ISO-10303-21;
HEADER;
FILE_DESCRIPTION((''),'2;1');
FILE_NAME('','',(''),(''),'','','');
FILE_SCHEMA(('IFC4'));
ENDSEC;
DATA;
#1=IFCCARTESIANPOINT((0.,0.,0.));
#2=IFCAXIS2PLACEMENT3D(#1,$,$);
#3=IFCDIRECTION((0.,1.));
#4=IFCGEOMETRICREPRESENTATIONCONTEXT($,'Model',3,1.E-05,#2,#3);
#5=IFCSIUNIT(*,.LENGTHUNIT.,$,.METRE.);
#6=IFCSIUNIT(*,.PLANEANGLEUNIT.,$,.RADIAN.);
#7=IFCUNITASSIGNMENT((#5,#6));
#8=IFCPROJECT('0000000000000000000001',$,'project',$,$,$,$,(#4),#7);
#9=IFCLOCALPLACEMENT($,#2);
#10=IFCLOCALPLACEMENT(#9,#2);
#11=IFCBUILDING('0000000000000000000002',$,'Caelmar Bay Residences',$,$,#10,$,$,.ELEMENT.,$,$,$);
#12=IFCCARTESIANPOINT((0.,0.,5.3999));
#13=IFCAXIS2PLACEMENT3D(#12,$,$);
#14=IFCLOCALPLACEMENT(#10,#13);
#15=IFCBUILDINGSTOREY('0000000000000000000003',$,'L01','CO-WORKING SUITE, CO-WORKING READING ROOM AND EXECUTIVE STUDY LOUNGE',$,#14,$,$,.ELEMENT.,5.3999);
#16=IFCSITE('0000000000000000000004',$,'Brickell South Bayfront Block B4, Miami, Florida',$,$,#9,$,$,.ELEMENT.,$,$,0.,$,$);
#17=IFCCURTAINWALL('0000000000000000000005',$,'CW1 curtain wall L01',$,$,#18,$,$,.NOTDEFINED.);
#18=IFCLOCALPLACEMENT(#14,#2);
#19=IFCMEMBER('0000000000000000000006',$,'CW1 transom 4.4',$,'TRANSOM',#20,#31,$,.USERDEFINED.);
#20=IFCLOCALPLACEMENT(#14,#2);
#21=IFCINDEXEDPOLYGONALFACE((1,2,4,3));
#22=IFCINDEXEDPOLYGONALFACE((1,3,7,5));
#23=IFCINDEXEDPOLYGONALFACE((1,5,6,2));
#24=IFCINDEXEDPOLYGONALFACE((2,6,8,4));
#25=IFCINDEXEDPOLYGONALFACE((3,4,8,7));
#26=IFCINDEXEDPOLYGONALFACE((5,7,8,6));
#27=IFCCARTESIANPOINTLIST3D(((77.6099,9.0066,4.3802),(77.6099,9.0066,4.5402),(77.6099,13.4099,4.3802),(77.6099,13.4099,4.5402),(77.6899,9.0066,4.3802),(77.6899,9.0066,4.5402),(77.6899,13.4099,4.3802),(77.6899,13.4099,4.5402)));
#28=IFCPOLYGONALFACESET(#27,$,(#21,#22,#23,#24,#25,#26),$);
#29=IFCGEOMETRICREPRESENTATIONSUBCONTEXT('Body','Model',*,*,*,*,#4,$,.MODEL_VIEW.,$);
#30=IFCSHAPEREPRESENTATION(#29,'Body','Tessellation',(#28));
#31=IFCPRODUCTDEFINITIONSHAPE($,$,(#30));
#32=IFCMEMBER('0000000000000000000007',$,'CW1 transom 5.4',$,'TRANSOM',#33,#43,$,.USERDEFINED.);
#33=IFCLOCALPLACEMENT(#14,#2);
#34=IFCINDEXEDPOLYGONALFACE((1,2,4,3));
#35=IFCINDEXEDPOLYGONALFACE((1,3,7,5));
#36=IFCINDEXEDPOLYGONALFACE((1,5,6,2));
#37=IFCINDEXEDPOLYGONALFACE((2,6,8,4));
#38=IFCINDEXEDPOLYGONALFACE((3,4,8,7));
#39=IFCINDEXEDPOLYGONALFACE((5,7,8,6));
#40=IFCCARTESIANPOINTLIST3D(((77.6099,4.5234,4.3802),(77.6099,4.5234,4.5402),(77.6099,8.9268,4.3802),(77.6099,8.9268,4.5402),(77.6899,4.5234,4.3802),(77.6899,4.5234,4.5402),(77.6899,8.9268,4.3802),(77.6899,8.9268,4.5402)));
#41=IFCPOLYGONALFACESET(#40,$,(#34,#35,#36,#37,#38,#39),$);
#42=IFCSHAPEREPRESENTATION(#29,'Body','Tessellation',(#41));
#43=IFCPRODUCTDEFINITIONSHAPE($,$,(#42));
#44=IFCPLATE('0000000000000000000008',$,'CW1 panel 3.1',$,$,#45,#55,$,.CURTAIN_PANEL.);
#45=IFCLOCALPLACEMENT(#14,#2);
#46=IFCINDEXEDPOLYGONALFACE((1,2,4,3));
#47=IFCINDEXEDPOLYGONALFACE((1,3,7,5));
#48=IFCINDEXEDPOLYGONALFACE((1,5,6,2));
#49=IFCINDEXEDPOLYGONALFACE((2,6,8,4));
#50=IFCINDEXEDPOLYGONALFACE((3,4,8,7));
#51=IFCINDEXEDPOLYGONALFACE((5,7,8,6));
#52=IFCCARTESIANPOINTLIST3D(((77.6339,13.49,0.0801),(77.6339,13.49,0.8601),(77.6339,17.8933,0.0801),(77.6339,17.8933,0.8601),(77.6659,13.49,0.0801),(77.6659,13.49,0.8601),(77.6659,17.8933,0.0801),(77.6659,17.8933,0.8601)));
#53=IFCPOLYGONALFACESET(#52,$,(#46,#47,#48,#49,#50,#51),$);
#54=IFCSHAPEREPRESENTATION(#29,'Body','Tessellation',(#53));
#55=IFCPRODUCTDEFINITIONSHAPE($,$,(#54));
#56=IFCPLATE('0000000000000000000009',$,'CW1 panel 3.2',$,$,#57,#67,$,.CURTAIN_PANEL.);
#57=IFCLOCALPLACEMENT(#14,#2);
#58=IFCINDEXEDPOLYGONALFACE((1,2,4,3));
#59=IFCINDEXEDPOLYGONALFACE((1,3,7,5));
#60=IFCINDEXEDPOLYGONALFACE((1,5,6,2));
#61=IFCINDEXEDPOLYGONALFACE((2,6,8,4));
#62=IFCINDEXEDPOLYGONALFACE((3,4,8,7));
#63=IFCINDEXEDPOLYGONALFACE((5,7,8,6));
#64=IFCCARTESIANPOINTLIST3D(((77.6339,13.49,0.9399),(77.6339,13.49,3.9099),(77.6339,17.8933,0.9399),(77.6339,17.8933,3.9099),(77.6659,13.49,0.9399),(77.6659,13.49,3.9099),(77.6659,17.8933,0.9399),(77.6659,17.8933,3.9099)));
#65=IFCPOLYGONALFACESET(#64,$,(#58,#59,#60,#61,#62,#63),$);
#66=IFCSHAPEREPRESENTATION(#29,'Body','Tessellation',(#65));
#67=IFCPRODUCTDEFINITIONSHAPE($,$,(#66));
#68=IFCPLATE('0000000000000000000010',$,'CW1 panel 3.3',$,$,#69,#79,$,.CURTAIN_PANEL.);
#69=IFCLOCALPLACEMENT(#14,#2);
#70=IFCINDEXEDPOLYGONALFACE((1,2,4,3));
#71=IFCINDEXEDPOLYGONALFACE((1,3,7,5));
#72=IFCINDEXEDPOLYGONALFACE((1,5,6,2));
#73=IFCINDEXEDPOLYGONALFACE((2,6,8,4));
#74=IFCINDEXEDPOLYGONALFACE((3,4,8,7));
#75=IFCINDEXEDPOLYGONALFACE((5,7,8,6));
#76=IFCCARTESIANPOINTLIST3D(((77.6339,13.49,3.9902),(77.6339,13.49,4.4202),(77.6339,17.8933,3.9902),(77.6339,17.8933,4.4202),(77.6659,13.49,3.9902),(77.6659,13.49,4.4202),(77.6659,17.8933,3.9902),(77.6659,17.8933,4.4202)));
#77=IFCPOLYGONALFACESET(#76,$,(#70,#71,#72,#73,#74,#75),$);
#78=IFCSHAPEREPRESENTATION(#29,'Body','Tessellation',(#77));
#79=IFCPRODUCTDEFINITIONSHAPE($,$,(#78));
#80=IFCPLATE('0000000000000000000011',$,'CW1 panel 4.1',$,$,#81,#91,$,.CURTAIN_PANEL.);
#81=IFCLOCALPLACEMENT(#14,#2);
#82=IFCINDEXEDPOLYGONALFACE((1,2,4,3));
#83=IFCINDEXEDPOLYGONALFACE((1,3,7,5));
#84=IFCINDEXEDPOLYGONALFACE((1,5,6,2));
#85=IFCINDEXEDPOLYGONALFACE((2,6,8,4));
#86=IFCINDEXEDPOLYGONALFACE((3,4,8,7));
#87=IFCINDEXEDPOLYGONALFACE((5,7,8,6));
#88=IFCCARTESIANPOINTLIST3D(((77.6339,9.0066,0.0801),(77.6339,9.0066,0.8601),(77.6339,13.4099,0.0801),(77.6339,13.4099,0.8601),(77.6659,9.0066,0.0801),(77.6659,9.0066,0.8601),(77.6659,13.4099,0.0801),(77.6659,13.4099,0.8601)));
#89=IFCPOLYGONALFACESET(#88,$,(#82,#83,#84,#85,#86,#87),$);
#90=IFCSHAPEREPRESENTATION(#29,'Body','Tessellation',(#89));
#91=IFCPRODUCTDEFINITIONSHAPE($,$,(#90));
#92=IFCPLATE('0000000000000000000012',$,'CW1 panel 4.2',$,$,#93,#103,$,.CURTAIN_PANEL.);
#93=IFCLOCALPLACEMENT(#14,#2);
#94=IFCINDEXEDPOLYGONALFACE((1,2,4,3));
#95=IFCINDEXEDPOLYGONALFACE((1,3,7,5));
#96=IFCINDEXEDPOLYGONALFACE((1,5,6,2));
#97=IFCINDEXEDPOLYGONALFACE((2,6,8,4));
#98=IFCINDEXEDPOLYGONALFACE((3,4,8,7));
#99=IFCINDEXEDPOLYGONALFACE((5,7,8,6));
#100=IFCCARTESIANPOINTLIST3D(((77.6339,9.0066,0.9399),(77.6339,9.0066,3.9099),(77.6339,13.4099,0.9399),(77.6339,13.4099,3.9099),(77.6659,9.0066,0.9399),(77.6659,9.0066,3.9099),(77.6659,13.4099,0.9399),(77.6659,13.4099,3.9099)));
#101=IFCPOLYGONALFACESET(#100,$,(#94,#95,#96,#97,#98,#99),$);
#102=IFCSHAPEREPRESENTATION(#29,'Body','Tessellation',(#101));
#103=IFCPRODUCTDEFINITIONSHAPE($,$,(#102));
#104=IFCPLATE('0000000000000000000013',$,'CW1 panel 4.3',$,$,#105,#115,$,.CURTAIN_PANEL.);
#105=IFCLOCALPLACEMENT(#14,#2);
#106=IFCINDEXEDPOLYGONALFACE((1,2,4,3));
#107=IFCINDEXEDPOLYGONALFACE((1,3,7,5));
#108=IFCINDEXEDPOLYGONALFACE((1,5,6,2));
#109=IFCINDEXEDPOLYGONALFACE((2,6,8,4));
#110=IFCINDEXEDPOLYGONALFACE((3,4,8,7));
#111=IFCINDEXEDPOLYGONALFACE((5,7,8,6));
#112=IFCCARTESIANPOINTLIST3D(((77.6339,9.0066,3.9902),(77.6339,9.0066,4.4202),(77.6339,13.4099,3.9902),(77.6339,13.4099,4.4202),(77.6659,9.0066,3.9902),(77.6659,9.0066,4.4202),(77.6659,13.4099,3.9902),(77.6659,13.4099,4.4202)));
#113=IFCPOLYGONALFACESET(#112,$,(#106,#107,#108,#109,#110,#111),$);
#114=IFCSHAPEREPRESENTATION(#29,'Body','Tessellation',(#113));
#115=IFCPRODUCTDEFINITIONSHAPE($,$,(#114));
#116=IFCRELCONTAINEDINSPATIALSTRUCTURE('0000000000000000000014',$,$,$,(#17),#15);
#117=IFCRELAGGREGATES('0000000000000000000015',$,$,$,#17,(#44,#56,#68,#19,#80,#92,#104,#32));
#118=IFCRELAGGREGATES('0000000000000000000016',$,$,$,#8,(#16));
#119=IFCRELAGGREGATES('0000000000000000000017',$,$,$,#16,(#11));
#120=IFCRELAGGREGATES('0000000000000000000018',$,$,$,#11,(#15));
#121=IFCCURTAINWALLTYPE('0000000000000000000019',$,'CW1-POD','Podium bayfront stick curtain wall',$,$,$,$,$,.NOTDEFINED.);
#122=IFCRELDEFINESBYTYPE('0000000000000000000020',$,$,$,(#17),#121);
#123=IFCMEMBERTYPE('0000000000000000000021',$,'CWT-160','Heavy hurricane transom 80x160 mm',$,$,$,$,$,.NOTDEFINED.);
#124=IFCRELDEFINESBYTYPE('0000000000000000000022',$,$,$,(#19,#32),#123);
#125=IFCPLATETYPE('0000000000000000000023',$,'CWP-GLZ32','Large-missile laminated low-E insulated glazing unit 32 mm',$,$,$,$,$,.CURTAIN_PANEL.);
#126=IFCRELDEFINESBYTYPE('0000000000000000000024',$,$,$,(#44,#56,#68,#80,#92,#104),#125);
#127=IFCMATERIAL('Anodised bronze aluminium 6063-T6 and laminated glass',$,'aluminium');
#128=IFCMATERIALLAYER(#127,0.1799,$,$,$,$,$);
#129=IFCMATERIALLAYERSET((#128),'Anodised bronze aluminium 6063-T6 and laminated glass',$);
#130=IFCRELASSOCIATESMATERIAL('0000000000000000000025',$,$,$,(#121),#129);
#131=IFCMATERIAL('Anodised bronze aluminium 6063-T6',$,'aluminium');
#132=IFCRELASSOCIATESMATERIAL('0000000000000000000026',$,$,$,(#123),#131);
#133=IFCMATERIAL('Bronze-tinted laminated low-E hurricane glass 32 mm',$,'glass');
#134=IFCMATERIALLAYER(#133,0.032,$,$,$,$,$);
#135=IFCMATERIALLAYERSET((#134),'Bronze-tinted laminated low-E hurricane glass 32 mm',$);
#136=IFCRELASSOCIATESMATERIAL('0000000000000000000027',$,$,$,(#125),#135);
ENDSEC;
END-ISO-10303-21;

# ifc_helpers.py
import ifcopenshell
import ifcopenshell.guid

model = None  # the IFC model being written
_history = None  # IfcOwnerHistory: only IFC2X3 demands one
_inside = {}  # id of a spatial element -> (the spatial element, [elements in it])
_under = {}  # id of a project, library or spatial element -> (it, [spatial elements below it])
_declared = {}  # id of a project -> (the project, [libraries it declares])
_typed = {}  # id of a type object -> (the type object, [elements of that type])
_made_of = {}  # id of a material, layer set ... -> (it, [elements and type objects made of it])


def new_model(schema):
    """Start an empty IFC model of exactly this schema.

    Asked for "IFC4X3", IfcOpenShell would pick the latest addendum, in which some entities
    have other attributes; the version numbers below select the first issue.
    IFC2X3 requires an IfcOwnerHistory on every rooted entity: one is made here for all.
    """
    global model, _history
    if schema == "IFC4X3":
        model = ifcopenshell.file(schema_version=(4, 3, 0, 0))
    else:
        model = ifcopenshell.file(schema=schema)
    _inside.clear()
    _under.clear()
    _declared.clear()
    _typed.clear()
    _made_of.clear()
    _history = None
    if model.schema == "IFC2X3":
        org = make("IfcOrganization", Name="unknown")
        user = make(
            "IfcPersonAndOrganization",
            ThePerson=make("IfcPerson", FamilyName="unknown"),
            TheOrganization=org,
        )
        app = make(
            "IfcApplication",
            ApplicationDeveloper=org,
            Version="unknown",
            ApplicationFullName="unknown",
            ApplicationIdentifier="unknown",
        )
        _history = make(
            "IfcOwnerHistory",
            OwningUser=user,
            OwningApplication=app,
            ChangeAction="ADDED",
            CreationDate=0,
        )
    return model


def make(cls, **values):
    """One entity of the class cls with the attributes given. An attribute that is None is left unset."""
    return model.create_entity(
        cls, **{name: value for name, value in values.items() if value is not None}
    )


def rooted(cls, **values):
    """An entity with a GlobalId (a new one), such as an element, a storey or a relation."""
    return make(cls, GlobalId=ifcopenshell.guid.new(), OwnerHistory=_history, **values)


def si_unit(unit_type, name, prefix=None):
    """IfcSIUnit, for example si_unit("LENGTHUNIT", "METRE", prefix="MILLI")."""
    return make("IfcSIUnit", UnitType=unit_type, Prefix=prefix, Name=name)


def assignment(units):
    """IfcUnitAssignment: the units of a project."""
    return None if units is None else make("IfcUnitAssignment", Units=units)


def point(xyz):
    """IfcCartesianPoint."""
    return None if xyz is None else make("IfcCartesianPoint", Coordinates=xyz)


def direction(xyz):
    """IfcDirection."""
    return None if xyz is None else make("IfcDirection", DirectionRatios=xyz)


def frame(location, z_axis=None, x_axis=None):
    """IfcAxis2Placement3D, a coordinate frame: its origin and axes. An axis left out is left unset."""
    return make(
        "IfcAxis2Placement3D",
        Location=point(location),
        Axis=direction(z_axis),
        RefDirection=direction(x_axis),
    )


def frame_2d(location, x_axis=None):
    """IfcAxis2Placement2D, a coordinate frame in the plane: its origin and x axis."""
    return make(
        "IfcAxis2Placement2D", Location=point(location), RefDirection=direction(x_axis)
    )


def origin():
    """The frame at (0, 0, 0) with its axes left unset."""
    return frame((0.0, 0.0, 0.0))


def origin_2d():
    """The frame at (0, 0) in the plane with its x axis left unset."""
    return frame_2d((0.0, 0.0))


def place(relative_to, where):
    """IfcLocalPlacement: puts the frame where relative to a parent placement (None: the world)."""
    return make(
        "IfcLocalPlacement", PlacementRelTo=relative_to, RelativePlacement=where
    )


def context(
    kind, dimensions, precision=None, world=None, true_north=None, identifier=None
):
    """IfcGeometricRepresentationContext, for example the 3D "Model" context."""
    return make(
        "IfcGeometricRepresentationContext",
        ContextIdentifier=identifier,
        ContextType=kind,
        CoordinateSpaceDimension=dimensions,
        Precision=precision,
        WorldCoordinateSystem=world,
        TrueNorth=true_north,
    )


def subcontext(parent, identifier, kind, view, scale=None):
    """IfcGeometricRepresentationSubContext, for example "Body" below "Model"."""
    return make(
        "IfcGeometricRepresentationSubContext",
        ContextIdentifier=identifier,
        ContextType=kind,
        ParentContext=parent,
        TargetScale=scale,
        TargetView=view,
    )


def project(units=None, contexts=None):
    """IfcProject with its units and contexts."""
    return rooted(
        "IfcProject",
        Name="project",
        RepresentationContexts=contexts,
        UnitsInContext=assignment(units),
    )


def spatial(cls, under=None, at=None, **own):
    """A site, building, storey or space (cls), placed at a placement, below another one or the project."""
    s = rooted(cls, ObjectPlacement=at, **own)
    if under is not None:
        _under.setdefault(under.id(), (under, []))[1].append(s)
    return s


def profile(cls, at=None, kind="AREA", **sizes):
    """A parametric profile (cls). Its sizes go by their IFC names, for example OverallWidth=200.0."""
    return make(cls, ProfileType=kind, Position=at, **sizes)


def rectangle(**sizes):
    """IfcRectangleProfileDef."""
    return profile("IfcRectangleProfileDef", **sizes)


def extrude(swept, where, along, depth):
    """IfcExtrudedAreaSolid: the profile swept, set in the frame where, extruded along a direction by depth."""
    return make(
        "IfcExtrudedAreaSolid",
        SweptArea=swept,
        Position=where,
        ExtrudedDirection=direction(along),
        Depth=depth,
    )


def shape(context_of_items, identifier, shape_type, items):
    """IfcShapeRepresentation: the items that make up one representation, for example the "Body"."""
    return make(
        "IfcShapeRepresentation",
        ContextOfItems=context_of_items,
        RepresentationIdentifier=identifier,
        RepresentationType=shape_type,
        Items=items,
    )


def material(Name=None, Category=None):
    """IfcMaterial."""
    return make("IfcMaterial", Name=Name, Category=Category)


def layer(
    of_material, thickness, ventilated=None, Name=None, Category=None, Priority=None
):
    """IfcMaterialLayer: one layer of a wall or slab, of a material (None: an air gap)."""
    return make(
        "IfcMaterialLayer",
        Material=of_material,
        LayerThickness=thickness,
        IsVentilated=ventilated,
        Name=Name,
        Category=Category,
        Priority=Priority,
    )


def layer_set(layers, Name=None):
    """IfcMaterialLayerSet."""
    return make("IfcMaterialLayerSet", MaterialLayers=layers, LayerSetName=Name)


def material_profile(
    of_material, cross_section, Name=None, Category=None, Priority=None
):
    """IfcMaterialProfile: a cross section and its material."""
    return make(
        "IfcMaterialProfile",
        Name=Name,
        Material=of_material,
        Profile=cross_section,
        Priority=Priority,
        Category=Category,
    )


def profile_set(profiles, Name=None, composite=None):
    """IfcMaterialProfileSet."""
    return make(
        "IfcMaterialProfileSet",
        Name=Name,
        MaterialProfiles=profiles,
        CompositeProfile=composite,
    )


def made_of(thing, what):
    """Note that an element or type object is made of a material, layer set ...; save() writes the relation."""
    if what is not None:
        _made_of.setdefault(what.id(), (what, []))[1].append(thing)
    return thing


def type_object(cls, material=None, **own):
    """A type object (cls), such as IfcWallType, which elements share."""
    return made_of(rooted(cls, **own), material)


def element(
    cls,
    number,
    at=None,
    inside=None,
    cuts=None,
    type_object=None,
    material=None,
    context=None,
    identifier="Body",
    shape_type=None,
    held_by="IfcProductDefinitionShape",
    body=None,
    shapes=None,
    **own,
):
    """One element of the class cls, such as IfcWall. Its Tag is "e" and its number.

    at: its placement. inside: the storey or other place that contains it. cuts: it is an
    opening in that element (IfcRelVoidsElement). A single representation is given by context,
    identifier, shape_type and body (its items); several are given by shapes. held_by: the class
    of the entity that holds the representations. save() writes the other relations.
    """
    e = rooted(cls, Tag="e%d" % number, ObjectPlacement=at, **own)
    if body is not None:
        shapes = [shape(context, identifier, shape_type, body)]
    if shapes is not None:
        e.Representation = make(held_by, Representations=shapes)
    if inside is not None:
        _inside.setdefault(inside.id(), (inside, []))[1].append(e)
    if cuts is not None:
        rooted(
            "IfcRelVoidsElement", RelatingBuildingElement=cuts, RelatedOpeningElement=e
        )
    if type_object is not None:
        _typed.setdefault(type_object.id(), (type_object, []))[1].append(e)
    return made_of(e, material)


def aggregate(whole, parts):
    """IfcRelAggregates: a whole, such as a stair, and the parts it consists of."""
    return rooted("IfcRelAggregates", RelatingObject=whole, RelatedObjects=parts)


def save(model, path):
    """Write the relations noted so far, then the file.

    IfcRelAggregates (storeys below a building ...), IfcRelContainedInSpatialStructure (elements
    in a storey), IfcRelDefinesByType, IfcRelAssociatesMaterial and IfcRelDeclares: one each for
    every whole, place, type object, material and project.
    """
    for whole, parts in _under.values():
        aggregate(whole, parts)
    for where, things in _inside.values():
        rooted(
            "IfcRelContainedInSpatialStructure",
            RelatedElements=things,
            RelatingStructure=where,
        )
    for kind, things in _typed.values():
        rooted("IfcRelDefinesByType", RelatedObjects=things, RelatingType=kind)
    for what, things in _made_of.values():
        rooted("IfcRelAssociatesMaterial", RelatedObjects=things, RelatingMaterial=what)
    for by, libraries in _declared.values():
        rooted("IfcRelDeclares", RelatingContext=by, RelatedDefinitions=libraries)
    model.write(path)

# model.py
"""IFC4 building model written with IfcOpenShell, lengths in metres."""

from ifc_helpers import new_model, si_unit, direction, frame, origin, origin_2d, place, context, subcontext, project, spatial, rectangle, extrude, material, layer, layer_set, material_profile, profile_set, type_object, element, aggregate, save


model = new_model("IFC4")

# Units and contexts
model_context = context("Model", 3, precision=1e-05, world=origin(), true_north=direction((0.0, 1.0)))
body_context = subcontext(model_context, "Body", "Model", "MODEL_VIEW")
ifc_project = project(units=[si_unit("LENGTHUNIT", "METRE"), si_unit("PLANEANGLEUNIT", "RADIAN")], contexts=[model_context])

# Site, building, storey
site_placement = place(None, origin())
site = spatial("IfcSite", under=ifc_project, at=site_placement, Name="Brickell South Bayfront Block B4, Miami, Florida", CompositionType="ELEMENT", RefElevation=0.0)
building_placement = place(site_placement, origin())
building = spatial("IfcBuilding", under=site, at=building_placement, Name="Caelmar Bay Residences", CompositionType="ELEMENT")
storey_placement = place(building_placement, frame((0.0, 0.0, 5.3999)))
storey = spatial("IfcBuildingStorey", under=building, at=storey_placement, Name="L01", Description="CO-WORKING SUITE, CO-WORKING READING ROOM AND EXECUTIVE STUDY LOUNGE", CompositionType="ELEMENT", Elevation=5.3999)

# Curtain wall, members, plates
ifc_material_1 = material(Name="Anodised bronze aluminium 6063-T6 and laminated glass", Category="aluminium")
ifc_layer_1 = layer(ifc_material_1, 0.1799)
ifc_layer_set_1 = layer_set([ifc_layer_1], Name="Anodised bronze aluminium 6063-T6 and laminated glass")
curtain_wall_type = type_object("IfcCurtainWallType", Name="CW1-POD", Description="Podium bayfront stick curtain wall", PredefinedType="NOTDEFINED", material=ifc_layer_set_1)
curtain_wall_placement = place(storey_placement, origin())
curtain_wall = element("IfcCurtainWall", 1, at=curtain_wall_placement, inside=storey, type_object=curtain_wall_type, Name="CW1 curtain wall L01", PredefinedType="NOTDEFINED")
ifc_material_2 = material(Name="Anodised bronze aluminium 6063-T6", Category="aluminium")
ifc_material_profile_1 = material_profile(ifc_material_2, rectangle(XDim=0.0801, YDim=0.1599, at=origin_2d()), Name="CWT-80X160")
ifc_profile_set_1 = profile_set([ifc_material_profile_1], Name="Anodised bronze aluminium 6063-T6")
member_type_1 = type_object("IfcMemberType", Name="CWT-160", Description="Heavy hurricane transom 80x160 mm", PredefinedType="NOTDEFINED", material=ifc_profile_set_1)
member_1_placement = place(storey_placement, frame((77.6499, 13.4099, 4.4602), z_axis=(0.0, -1.0, 0.0), x_axis=(1.0, 0.0, 0.0)))
member_1 = element("IfcMember", 2, at=member_1_placement, type_object=member_type_1, Name="CW1 transom 4.4", ObjectType="TRANSOM", PredefinedType="USERDEFINED", context=body_context, shape_type="SweptSolid", body=[
    extrude(rectangle(XDim=0.0801, YDim=0.1599, at=origin_2d()), origin(), (0.0, 0.0, 1.0), 4.4033),
])
member_2_placement = place(storey_placement, frame((77.6499, 8.9268, 4.4602), z_axis=(0.0, -1.0, 0.0), x_axis=(1.0, 0.0, 0.0)))
member_2 = element("IfcMember", 3, at=member_2_placement, type_object=member_type_1, Name="CW1 transom 5.4", ObjectType="TRANSOM", PredefinedType="USERDEFINED", context=body_context, shape_type="SweptSolid", body=[
    extrude(rectangle(XDim=0.0801, YDim=0.1599, at=origin_2d()), origin(), (0.0, 0.0, 1.0), 4.4033),
])
ifc_material_3 = material(Name="Bronze-tinted laminated low-E hurricane glass 32 mm", Category="glass")
ifc_layer_2 = layer(ifc_material_3, 0.032)
ifc_layer_set_2 = layer_set([ifc_layer_2], Name="Bronze-tinted laminated low-E hurricane glass 32 mm")
plate_type = type_object("IfcPlateType", Name="CWP-GLZ32", Description="Large-missile laminated low-E insulated glazing unit 32 mm", PredefinedType="CURTAIN_PANEL", material=ifc_layer_set_2)
plate_1_placement = place(storey_placement, frame((77.6499, 15.6917, 0.0801), z_axis=(0.0, 0.0, 1.0), x_axis=(0.0, -1.0, 0.0)))
plate_1 = element("IfcPlate", 4, at=plate_1_placement, type_object=plate_type, Name="CW1 panel 3.1", PredefinedType="CURTAIN_PANEL", context=body_context, shape_type="SweptSolid", body=[
    extrude(rectangle(XDim=4.4033, YDim=0.032, at=origin_2d()), origin(), (0.0, 0.0, 1.0), 0.78),
])
plate_2_placement = place(storey_placement, frame((77.6499, 15.6917, 0.9399), z_axis=(0.0, 0.0, 1.0), x_axis=(0.0, -1.0, 0.0)))
plate_2 = element("IfcPlate", 5, at=plate_2_placement, type_object=plate_type, Name="CW1 panel 3.2", PredefinedType="CURTAIN_PANEL", context=body_context, shape_type="SweptSolid", body=[
    extrude(rectangle(XDim=4.4033, YDim=0.032, at=origin_2d()), origin(), (0.0, 0.0, 1.0), 2.97),
])
plate_3_placement = place(storey_placement, frame((77.6499, 15.6917, 3.9902), z_axis=(0.0, 0.0, 1.0), x_axis=(0.0, -1.0, 0.0)))
plate_3 = element("IfcPlate", 6, at=plate_3_placement, type_object=plate_type, Name="CW1 panel 3.3", PredefinedType="CURTAIN_PANEL", context=body_context, shape_type="SweptSolid", body=[
    extrude(rectangle(XDim=4.4033, YDim=0.032, at=origin_2d()), origin(), (0.0, 0.0, 1.0), 0.4299),
])
plate_4_placement = place(storey_placement, frame((77.6499, 11.2083, 0.0801), z_axis=(0.0, 0.0, 1.0), x_axis=(0.0, -1.0, 0.0)))
plate_4 = element("IfcPlate", 7, at=plate_4_placement, type_object=plate_type, Name="CW1 panel 4.1", PredefinedType="CURTAIN_PANEL", context=body_context, shape_type="SweptSolid", body=[
    extrude(rectangle(XDim=4.4033, YDim=0.032, at=origin_2d()), origin(), (0.0, 0.0, 1.0), 0.78),
])
plate_5_placement = place(storey_placement, frame((77.6499, 11.2083, 0.9399), z_axis=(0.0, 0.0, 1.0), x_axis=(0.0, -1.0, 0.0)))
plate_5 = element("IfcPlate", 8, at=plate_5_placement, type_object=plate_type, Name="CW1 panel 4.2", PredefinedType="CURTAIN_PANEL", context=body_context, shape_type="SweptSolid", body=[
    extrude(rectangle(XDim=4.4033, YDim=0.032, at=origin_2d()), origin(), (0.0, 0.0, 1.0), 2.97),
])
plate_6_placement = place(storey_placement, frame((77.6499, 11.2083, 3.9902), z_axis=(0.0, 0.0, 1.0), x_axis=(0.0, -1.0, 0.0)))
plate_6 = element("IfcPlate", 9, at=plate_6_placement, type_object=plate_type, Name="CW1 panel 4.3", PredefinedType="CURTAIN_PANEL", context=body_context, shape_type="SweptSolid", body=[
    extrude(rectangle(XDim=4.4033, YDim=0.032, at=origin_2d()), origin(), (0.0, 0.0, 1.0), 0.4299),
])
aggregate(curtain_wall, [plate_1, plate_2, plate_3, member_1, plate_4, plate_5, plate_6, member_2])

save(model, "model.ifc")
